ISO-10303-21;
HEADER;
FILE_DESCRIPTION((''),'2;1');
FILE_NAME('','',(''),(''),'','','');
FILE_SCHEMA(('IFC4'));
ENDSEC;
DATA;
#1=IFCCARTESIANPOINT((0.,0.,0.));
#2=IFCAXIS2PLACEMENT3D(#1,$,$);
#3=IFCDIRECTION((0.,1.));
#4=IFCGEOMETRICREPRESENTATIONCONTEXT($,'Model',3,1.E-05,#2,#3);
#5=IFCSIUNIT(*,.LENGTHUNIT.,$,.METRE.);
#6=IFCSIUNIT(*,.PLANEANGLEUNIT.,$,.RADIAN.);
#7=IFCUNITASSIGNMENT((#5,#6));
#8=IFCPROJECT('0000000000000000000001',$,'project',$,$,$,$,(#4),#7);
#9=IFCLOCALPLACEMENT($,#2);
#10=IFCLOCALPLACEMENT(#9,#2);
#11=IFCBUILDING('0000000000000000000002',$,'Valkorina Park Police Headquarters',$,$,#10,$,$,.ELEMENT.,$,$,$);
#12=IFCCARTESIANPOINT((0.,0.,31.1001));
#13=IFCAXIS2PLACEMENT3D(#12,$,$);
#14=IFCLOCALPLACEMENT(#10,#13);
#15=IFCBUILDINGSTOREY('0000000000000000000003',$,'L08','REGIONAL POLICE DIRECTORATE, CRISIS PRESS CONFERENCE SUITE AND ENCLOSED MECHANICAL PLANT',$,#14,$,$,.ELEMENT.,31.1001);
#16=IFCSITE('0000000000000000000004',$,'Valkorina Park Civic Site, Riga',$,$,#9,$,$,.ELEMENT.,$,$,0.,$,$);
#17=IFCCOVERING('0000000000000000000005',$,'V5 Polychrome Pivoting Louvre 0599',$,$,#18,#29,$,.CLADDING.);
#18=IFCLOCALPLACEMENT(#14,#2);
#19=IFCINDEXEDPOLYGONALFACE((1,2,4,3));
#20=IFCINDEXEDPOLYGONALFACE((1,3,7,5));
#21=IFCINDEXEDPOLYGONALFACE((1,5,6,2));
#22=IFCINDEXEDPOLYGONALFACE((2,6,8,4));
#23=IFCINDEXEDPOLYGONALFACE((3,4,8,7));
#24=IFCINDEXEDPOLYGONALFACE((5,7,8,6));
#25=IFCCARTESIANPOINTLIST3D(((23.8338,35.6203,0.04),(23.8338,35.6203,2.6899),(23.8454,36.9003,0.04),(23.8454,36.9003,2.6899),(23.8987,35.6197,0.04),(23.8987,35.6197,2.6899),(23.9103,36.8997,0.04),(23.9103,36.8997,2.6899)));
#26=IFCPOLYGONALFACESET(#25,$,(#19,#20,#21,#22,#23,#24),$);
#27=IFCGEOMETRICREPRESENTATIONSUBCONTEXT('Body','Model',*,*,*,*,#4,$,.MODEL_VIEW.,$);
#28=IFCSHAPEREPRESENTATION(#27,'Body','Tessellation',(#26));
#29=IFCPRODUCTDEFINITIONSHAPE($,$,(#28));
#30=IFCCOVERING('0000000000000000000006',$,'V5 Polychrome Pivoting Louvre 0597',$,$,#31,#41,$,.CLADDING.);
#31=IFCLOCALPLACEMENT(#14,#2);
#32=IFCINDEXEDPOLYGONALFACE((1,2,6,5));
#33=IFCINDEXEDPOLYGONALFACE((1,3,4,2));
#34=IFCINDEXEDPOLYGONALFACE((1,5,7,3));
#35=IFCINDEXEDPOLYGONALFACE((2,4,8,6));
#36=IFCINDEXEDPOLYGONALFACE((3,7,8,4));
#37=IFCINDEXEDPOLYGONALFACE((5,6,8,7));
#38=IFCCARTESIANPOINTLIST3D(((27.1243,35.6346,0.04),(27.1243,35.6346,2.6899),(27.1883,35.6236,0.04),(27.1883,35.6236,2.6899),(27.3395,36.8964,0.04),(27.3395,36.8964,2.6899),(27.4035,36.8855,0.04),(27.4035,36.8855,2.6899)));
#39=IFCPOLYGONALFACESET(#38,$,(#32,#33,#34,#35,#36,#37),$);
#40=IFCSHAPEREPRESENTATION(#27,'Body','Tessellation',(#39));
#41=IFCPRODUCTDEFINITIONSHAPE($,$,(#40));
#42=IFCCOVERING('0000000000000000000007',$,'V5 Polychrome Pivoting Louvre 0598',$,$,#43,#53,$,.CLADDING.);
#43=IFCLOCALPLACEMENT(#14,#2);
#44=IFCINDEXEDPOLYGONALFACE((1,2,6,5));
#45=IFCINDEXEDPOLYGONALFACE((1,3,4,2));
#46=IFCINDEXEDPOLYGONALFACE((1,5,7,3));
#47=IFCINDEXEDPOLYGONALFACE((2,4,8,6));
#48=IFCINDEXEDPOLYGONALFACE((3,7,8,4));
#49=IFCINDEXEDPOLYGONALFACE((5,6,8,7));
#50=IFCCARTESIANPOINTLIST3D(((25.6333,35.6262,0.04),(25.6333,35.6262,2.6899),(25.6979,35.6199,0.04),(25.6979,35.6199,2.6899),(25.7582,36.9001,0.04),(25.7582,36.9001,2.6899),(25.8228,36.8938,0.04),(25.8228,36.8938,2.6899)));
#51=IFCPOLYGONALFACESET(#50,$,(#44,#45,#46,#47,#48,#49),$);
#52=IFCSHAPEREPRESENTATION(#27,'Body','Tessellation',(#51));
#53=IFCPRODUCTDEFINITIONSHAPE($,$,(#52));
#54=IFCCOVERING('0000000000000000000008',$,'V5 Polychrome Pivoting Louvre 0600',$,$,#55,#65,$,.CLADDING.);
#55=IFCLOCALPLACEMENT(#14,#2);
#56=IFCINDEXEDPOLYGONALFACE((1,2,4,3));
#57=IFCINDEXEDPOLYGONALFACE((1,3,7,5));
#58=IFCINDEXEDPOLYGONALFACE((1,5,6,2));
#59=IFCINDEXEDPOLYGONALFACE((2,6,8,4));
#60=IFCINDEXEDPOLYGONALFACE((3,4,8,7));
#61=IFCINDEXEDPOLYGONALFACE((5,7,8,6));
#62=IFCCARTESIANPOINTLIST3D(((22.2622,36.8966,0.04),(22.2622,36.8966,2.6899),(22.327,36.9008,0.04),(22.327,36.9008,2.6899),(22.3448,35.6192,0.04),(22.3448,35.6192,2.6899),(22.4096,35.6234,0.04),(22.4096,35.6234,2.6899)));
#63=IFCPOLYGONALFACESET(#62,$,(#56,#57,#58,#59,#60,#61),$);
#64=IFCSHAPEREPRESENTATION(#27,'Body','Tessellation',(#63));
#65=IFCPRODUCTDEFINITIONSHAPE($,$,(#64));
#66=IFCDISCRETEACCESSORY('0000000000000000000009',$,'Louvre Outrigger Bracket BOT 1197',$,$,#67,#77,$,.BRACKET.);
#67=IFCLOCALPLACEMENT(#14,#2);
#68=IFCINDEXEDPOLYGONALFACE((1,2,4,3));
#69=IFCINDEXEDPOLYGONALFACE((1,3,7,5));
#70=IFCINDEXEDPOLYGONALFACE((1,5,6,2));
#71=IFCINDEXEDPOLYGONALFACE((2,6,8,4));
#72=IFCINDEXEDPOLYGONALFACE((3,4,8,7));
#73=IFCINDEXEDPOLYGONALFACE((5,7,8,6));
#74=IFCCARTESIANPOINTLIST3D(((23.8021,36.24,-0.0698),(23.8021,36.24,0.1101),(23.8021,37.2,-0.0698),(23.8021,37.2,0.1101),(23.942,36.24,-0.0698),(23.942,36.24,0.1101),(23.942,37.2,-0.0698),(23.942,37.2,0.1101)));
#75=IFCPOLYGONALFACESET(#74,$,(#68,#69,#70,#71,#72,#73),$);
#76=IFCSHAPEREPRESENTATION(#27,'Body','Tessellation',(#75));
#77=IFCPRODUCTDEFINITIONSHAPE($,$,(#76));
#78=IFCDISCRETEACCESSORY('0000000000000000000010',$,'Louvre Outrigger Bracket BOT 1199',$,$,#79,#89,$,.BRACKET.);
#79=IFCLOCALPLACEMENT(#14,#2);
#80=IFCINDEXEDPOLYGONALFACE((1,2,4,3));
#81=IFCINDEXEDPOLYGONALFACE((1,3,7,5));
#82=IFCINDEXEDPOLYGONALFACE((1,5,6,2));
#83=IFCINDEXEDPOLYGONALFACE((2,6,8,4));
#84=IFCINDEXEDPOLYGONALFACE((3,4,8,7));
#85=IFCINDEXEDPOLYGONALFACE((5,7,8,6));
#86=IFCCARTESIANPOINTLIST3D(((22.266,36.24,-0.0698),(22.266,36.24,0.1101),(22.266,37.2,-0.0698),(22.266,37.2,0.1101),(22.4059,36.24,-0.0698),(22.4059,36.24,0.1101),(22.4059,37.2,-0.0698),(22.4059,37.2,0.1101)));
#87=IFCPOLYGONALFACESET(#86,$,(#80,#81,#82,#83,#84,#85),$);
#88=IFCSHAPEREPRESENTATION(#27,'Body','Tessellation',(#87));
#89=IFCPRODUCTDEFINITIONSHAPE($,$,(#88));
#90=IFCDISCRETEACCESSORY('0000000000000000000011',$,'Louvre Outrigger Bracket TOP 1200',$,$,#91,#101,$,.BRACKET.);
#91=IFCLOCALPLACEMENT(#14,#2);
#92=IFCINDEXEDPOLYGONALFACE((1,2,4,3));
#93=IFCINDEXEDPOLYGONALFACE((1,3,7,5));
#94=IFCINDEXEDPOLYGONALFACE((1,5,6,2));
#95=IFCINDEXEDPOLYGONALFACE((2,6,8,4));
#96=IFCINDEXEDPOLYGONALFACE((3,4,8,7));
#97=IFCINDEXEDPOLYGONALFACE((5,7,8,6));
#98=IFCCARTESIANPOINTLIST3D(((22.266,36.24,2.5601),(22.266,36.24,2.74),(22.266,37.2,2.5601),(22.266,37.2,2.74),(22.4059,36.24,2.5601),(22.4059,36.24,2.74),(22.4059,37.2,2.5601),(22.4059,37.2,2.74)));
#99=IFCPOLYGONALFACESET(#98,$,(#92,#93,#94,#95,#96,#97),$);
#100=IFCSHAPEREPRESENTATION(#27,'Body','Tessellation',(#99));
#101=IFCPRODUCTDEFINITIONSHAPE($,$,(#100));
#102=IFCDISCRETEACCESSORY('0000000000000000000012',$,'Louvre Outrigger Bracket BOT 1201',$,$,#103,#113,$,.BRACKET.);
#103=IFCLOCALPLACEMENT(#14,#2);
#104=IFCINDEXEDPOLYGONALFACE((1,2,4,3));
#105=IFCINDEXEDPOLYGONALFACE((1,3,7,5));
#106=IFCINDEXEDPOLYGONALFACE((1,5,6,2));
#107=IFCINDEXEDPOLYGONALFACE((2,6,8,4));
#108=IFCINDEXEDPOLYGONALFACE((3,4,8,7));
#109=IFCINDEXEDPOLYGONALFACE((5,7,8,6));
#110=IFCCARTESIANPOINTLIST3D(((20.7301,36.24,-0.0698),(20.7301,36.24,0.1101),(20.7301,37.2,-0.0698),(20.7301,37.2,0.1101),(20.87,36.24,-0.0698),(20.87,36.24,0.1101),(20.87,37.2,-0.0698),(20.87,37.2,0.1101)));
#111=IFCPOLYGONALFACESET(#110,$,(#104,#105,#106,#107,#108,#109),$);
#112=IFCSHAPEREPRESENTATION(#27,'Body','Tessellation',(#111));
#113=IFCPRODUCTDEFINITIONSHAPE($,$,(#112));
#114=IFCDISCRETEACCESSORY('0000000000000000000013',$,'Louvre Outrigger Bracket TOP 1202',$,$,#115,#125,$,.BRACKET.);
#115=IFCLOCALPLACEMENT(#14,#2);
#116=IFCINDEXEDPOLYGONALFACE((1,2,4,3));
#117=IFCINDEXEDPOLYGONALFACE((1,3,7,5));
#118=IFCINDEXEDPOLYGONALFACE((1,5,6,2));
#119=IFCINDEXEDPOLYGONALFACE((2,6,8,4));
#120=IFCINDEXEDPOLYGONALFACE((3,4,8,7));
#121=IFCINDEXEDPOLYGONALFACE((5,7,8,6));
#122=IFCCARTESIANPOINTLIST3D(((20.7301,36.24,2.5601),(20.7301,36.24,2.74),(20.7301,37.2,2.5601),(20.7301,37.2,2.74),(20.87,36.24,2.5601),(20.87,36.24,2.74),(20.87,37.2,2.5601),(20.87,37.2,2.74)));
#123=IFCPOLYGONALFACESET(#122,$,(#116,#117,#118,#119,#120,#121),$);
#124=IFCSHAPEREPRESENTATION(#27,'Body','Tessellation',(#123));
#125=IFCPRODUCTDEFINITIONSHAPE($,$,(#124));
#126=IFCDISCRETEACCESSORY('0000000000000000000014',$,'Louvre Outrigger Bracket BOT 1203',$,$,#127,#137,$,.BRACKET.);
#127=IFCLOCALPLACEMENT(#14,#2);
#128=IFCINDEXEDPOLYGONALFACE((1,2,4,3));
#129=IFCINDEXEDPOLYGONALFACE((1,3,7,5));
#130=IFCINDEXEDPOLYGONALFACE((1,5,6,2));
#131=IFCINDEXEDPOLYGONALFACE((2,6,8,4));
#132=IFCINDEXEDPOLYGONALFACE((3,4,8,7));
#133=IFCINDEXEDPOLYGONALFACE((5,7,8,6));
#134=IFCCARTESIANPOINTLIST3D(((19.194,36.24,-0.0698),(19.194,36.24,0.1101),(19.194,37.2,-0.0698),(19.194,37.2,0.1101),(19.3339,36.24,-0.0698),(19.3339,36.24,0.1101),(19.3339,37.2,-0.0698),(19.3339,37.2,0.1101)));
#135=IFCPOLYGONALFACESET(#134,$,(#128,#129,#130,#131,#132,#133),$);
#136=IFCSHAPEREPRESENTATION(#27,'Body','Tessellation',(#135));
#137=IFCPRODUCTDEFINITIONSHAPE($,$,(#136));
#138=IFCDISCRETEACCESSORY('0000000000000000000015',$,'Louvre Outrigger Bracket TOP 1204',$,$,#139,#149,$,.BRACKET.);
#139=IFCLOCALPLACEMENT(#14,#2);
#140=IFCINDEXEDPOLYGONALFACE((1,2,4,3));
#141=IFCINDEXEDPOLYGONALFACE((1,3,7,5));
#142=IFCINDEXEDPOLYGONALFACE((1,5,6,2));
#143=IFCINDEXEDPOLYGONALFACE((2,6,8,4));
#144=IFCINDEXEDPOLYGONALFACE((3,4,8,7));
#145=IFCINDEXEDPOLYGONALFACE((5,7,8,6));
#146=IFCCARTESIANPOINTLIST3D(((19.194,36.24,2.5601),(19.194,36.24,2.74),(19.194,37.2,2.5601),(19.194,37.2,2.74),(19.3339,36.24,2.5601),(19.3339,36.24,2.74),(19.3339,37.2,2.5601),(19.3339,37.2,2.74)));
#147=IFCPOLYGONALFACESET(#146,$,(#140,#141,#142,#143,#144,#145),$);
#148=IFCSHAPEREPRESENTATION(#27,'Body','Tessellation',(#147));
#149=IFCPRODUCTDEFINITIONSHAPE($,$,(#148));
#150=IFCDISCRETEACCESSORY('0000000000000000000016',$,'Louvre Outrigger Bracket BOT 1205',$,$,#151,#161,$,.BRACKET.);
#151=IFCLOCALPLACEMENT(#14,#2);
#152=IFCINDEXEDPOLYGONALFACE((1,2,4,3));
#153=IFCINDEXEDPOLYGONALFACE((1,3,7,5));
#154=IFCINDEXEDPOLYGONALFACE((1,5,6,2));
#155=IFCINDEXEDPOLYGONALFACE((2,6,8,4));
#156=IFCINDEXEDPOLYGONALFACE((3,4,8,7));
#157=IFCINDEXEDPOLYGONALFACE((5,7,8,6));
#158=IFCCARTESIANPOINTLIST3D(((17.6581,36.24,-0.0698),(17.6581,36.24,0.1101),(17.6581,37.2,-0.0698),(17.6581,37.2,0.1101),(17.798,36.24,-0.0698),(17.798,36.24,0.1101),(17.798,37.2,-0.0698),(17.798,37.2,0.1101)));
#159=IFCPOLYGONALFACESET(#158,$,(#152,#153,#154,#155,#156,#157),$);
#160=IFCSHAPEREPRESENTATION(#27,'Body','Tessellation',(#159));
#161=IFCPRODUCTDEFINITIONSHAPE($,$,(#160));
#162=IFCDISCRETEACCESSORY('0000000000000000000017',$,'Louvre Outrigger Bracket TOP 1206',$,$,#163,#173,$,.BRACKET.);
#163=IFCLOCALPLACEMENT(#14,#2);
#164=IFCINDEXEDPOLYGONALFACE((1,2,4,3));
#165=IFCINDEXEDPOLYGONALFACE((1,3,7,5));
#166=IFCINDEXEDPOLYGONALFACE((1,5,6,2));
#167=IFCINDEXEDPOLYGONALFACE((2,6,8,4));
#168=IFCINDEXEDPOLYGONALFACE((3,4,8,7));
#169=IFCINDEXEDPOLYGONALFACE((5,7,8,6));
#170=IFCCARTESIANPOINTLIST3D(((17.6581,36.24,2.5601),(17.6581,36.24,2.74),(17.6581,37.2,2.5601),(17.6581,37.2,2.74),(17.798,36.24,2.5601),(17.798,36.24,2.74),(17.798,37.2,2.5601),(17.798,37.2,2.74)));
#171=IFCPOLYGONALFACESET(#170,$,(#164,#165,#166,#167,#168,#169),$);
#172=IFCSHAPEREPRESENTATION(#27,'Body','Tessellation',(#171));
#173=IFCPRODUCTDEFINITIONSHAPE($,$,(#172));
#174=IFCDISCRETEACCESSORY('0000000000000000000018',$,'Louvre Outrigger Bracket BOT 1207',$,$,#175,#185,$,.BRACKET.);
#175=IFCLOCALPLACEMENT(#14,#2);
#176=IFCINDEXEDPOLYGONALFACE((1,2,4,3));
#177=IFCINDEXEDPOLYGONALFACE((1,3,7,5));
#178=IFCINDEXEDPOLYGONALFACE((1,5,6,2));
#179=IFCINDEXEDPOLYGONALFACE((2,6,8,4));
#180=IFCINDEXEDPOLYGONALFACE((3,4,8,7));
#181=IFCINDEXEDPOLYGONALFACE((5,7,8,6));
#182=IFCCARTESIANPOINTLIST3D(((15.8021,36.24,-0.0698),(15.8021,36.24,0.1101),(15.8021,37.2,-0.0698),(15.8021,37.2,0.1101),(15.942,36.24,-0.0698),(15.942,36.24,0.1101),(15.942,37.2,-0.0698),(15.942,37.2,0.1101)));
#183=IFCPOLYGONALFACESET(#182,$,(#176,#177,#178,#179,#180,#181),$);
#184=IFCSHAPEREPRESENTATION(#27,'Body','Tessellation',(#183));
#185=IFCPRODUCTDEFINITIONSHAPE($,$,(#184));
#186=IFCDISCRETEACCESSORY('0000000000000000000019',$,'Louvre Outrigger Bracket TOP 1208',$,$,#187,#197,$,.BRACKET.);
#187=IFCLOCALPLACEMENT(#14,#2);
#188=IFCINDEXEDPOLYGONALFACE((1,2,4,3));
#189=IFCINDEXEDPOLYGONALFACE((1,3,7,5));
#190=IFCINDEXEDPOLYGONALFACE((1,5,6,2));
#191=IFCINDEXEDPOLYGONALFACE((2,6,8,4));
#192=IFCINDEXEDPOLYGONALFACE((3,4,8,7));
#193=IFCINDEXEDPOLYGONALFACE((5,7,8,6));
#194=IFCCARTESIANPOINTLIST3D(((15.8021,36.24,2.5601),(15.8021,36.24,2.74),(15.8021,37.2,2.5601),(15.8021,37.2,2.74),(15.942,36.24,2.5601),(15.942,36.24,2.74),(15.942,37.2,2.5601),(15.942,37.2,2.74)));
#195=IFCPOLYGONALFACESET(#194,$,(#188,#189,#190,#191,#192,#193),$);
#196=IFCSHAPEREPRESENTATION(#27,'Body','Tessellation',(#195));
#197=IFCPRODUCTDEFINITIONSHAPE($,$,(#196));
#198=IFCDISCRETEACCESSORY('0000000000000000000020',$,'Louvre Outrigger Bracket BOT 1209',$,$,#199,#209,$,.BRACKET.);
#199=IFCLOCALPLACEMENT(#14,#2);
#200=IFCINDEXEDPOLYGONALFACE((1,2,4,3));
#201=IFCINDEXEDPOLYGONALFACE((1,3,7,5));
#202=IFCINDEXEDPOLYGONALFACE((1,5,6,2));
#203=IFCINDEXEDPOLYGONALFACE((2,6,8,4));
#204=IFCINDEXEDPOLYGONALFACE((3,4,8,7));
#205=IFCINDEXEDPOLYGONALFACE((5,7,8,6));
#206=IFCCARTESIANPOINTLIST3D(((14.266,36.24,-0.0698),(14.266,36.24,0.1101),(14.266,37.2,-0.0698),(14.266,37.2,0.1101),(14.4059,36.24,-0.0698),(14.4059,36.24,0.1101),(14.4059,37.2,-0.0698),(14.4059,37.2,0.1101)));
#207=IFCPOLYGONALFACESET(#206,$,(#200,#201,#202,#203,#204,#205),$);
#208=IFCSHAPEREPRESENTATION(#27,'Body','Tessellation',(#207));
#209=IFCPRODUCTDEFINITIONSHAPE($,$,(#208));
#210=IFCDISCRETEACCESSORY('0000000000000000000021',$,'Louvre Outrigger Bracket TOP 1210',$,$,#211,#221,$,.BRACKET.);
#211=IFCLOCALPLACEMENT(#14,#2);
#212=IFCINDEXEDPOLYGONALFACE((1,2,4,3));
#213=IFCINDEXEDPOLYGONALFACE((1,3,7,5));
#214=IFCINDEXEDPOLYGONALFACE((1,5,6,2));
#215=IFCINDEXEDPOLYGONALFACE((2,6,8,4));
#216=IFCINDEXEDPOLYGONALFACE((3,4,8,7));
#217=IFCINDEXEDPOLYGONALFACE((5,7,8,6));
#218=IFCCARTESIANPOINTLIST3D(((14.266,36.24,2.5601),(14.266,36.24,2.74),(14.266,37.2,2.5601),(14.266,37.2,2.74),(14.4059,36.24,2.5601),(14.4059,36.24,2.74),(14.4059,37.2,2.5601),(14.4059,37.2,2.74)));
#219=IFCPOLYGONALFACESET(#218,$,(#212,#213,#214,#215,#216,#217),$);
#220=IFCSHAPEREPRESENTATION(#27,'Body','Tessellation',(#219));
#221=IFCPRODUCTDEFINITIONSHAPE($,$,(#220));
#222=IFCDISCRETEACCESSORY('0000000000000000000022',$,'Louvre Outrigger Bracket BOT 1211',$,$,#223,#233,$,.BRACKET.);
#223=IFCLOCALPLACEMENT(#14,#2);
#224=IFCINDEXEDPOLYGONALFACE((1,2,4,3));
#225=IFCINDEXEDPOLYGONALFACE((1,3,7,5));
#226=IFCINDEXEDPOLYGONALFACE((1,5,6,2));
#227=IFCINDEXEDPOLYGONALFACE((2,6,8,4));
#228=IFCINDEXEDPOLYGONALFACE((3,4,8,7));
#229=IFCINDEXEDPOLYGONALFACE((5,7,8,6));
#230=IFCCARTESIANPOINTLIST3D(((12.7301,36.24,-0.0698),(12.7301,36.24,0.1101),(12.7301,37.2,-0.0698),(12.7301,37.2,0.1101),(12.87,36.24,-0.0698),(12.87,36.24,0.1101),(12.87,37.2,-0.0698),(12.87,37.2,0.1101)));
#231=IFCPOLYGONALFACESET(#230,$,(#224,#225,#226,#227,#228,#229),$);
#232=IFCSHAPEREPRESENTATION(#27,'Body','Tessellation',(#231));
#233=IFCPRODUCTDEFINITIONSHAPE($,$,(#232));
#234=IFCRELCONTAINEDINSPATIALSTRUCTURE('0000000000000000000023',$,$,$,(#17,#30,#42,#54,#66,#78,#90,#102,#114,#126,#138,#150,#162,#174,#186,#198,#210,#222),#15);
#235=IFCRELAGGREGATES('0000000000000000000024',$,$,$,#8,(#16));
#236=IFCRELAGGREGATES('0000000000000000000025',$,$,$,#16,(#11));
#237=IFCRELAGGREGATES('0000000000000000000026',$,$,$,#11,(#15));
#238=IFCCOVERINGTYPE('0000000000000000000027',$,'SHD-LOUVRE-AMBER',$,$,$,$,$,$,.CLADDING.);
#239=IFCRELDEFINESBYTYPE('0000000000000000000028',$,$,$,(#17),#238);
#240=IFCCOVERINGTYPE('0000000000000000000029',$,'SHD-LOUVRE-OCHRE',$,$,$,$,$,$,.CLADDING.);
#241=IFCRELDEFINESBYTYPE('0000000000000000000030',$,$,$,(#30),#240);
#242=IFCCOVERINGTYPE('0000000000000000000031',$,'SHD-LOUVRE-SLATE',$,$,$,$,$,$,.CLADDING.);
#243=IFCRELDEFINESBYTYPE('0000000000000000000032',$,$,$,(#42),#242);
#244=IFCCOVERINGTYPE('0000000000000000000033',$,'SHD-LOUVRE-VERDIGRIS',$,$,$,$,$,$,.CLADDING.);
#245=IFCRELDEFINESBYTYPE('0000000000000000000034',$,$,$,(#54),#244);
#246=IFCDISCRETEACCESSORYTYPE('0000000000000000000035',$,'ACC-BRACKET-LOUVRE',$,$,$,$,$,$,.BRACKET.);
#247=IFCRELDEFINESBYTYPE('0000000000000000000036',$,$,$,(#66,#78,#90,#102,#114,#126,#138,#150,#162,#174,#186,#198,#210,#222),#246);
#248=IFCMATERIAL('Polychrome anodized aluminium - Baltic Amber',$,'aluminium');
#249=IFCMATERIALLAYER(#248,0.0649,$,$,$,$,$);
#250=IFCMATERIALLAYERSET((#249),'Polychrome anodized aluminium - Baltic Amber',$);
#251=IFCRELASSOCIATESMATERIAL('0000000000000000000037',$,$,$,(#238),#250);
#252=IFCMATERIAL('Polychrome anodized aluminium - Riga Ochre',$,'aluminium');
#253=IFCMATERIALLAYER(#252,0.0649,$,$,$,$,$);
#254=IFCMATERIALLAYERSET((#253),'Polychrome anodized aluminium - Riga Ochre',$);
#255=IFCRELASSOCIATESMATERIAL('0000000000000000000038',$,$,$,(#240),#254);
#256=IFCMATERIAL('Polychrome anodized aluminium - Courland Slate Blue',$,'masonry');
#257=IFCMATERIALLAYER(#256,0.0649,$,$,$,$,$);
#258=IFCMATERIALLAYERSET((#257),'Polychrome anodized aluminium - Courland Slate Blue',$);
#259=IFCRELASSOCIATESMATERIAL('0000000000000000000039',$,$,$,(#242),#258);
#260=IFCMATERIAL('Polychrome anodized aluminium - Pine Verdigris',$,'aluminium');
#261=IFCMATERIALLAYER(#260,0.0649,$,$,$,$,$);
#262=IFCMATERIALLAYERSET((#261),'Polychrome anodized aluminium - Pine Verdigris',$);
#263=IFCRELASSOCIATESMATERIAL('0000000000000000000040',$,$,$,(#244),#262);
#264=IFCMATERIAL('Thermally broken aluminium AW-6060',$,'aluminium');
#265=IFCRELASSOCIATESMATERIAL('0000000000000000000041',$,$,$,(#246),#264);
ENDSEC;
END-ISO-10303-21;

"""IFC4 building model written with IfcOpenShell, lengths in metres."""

from ifc_helpers import new_model, si_unit, direction, frame, origin, origin_2d, place, context, subcontext, project, spatial, rectangle, extrude, material, layer, layer_set, type_object, element, save


model = new_model("IFC4")

# Units and contexts
model_context = context("Model", 3, precision=1e-05, world=origin(), true_north=direction((0.0, 1.0)))
body_context = subcontext(model_context, "Body", "Model", "MODEL_VIEW")
ifc_project = project(units=[si_unit("LENGTHUNIT", "METRE"), si_unit("PLANEANGLEUNIT", "RADIAN")], contexts=[model_context])

# Site, building, storey
site_placement = place(None, origin())
site = spatial("IfcSite", under=ifc_project, at=site_placement, Name="Valkorina Park Civic Site, Riga", CompositionType="ELEMENT", RefElevation=0.0)
building_placement = place(site_placement, origin())
building = spatial("IfcBuilding", under=site, at=building_placement, Name="Valkorina Park Police Headquarters", CompositionType="ELEMENT")
storey_placement = place(building_placement, frame((0.0, 0.0, 31.1001)))
storey = spatial("IfcBuildingStorey", under=building, at=storey_placement, Name="L08", Description="REGIONAL POLICE DIRECTORATE, CRISIS PRESS CONFERENCE SUITE AND ENCLOSED MECHANICAL PLANT", CompositionType="ELEMENT", Elevation=31.1001)

# Coverings
ifc_material_1 = material(Name="Polychrome anodized aluminium - Baltic Amber", Category="aluminium")
ifc_layer_1 = layer(ifc_material_1, 0.0649)
ifc_layer_set_1 = layer_set([ifc_layer_1], Name="Polychrome anodized aluminium - Baltic Amber")
covering_type_1 = type_object("IfcCoveringType", Name="SHD-LOUVRE-AMBER", PredefinedType="CLADDING", material=ifc_layer_set_1)
covering_1_placement = place(storey_placement, frame((23.8721, 36.26, 0.04), z_axis=(0.0, 0.0, 1.0), x_axis=(-0.009076, -0.999959, 0.0)))
element("IfcCovering", 1, at=covering_1_placement, inside=storey, type_object=covering_type_1, Name="V5 Polychrome Pivoting Louvre 0599", PredefinedType="CLADDING", context=body_context, shape_type="SweptSolid", body=[
    extrude(rectangle(XDim=1.28, YDim=0.0649, at=origin_2d()), origin(), (0.0, 0.0, 1.0), 2.6499),
])
ifc_material_2 = material(Name="Polychrome anodized aluminium - Riga Ochre", Category="aluminium")
ifc_layer_2 = layer(ifc_material_2, 0.0649)
ifc_layer_set_2 = layer_set([ifc_layer_2], Name="Polychrome anodized aluminium - Riga Ochre")
covering_type_2 = type_object("IfcCoveringType", Name="SHD-LOUVRE-OCHRE", PredefinedType="CLADDING", material=ifc_layer_set_2)
covering_2_placement = place(storey_placement, frame((27.2639, 36.26, 0.04), z_axis=(0.0, 0.0, 1.0), x_axis=(-0.168145, -0.985762, 0.0)))
element("IfcCovering", 2, at=covering_2_placement, inside=storey, type_object=covering_type_2, Name="V5 Polychrome Pivoting Louvre 0597", PredefinedType="CLADDING", context=body_context, shape_type="SweptSolid", body=[
    extrude(rectangle(XDim=1.28, YDim=0.0649, at=origin_2d()), origin(), (0.0, 0.0, 1.0), 2.6499),
])
ifc_material_3 = material(Name="Polychrome anodized aluminium - Courland Slate Blue", Category="masonry")
ifc_layer_3 = layer(ifc_material_3, 0.0649)
ifc_layer_set_3 = layer_set([ifc_layer_3], Name="Polychrome anodized aluminium - Courland Slate Blue")
covering_type_3 = type_object("IfcCoveringType", Name="SHD-LOUVRE-SLATE", PredefinedType="CLADDING", material=ifc_layer_set_3)
covering_3_placement = place(storey_placement, frame((25.728, 36.26, 0.04), z_axis=(0.0, 0.0, 1.0), x_axis=(-0.097583, -0.995227, 0.0)))
element("IfcCovering", 3, at=covering_3_placement, inside=storey, type_object=covering_type_3, Name="V5 Polychrome Pivoting Louvre 0598", PredefinedType="CLADDING", context=body_context, shape_type="SweptSolid", body=[
    extrude(rectangle(XDim=1.28, YDim=0.0649, at=origin_2d()), origin(), (0.0, 0.0, 1.0), 2.6499),
])
ifc_material_4 = material(Name="Polychrome anodized aluminium - Pine Verdigris", Category="aluminium")
ifc_layer_4 = layer(ifc_material_4, 0.0649)
ifc_layer_set_4 = layer_set([ifc_layer_4], Name="Polychrome anodized aluminium - Pine Verdigris")
covering_type_4 = type_object("IfcCoveringType", Name="SHD-LOUVRE-VERDIGRIS", PredefinedType="CLADDING", material=ifc_layer_set_4)
covering_4_placement = place(storey_placement, frame((22.3359, 36.26, 0.04), z_axis=(0.0, 0.0, 1.0), x_axis=(0.064532, -0.997916, 0.0)))
element("IfcCovering", 4, at=covering_4_placement, inside=storey, type_object=covering_type_4, Name="V5 Polychrome Pivoting Louvre 0600", PredefinedType="CLADDING", context=body_context, shape_type="SweptSolid", body=[
    extrude(rectangle(XDim=1.28, YDim=0.0649, at=origin_2d()), origin(), (0.0, 0.0, 1.0), 2.6499),
])

# Discrete accessories
ifc_material_5 = material(Name="Thermally broken aluminium AW-6060", Category="aluminium")
discrete_accessory_type = type_object("IfcDiscreteAccessoryType", Name="ACC-BRACKET-LOUVRE", PredefinedType="BRACKET", material=ifc_material_5)
for number, where, z_axis, x_axis, name in (
    (5, (23.8721, 36.72, -0.0698), (0.0, 0.0, 1.0), (0.0, -1.0, 0.0), "Louvre Outrigger Bracket BOT 1197"),
    (6, (22.3359, 36.72, -0.0698), (0.0, 0.0, 1.0), (0.0, -1.0, 0.0), "Louvre Outrigger Bracket BOT 1199"),
    (7, (22.3359, 36.72, 2.5601), (0.0, 0.0, 1.0), (0.0, -1.0, 0.0), "Louvre Outrigger Bracket TOP 1200"),
    (8, (20.8, 36.72, -0.0698), (0.0, 0.0, 1.0), (0.0, -1.0, 0.0), "Louvre Outrigger Bracket BOT 1201"),
    (9, (20.8, 36.72, 2.5601), (0.0, 0.0, 1.0), (0.0, -1.0, 0.0), "Louvre Outrigger Bracket TOP 1202"),
    (10, (19.2639, 36.72, -0.0698), (0.0, 0.0, 1.0), (0.0, -1.0, 0.0), "Louvre Outrigger Bracket BOT 1203"),
    (11, (19.2639, 36.72, 2.5601), (0.0, 0.0, 1.0), (0.0, -1.0, 0.0), "Louvre Outrigger Bracket TOP 1204"),
    (12, (17.728, 36.72, -0.0698), (0.0, 0.0, 1.0), (0.0, -1.0, 0.0), "Louvre Outrigger Bracket BOT 1205"),
    (13, (17.728, 36.72, 2.5601), (0.0, 0.0, 1.0), (0.0, -1.0, 0.0), "Louvre Outrigger Bracket TOP 1206"),
    (14, (15.8721, 36.72, -0.0698), (0.0, 0.0, 1.0), (0.0, -1.0, 0.0), "Louvre Outrigger Bracket BOT 1207"),
    (15, (15.8721, 36.72, 2.5601), (0.0, 0.0, 1.0), (0.0, -1.0, 0.0), "Louvre Outrigger Bracket TOP 1208"),
    (16, (14.3359, 36.72, -0.0698), (0.0, 0.0, 1.0), (0.0, -1.0, 0.0), "Louvre Outrigger Bracket BOT 1209"),
    (17, (14.3359, 36.72, 2.5601), (0.0, 0.0, 1.0), (0.0, -1.0, 0.0), "Louvre Outrigger Bracket TOP 1210"),
    (18, (12.8, 36.72, -0.0698), (0.0, 0.0, 1.0), (0.0, -1.0, 0.0), "Louvre Outrigger Bracket BOT 1211"),
):
    element("IfcDiscreteAccessory", number, at=place(storey_placement, frame(where, z_axis=z_axis, x_axis=x_axis)), inside=storey, type_object=discrete_accessory_type, Name=name, PredefinedType="BRACKET", context=body_context, shape_type="SweptSolid", body=[
        extrude(rectangle(XDim=0.96, YDim=0.1399, at=origin_2d()), origin(), (0.0, 0.0, 1.0), 0.1799),
    ])

save(model, "model.ifc")
